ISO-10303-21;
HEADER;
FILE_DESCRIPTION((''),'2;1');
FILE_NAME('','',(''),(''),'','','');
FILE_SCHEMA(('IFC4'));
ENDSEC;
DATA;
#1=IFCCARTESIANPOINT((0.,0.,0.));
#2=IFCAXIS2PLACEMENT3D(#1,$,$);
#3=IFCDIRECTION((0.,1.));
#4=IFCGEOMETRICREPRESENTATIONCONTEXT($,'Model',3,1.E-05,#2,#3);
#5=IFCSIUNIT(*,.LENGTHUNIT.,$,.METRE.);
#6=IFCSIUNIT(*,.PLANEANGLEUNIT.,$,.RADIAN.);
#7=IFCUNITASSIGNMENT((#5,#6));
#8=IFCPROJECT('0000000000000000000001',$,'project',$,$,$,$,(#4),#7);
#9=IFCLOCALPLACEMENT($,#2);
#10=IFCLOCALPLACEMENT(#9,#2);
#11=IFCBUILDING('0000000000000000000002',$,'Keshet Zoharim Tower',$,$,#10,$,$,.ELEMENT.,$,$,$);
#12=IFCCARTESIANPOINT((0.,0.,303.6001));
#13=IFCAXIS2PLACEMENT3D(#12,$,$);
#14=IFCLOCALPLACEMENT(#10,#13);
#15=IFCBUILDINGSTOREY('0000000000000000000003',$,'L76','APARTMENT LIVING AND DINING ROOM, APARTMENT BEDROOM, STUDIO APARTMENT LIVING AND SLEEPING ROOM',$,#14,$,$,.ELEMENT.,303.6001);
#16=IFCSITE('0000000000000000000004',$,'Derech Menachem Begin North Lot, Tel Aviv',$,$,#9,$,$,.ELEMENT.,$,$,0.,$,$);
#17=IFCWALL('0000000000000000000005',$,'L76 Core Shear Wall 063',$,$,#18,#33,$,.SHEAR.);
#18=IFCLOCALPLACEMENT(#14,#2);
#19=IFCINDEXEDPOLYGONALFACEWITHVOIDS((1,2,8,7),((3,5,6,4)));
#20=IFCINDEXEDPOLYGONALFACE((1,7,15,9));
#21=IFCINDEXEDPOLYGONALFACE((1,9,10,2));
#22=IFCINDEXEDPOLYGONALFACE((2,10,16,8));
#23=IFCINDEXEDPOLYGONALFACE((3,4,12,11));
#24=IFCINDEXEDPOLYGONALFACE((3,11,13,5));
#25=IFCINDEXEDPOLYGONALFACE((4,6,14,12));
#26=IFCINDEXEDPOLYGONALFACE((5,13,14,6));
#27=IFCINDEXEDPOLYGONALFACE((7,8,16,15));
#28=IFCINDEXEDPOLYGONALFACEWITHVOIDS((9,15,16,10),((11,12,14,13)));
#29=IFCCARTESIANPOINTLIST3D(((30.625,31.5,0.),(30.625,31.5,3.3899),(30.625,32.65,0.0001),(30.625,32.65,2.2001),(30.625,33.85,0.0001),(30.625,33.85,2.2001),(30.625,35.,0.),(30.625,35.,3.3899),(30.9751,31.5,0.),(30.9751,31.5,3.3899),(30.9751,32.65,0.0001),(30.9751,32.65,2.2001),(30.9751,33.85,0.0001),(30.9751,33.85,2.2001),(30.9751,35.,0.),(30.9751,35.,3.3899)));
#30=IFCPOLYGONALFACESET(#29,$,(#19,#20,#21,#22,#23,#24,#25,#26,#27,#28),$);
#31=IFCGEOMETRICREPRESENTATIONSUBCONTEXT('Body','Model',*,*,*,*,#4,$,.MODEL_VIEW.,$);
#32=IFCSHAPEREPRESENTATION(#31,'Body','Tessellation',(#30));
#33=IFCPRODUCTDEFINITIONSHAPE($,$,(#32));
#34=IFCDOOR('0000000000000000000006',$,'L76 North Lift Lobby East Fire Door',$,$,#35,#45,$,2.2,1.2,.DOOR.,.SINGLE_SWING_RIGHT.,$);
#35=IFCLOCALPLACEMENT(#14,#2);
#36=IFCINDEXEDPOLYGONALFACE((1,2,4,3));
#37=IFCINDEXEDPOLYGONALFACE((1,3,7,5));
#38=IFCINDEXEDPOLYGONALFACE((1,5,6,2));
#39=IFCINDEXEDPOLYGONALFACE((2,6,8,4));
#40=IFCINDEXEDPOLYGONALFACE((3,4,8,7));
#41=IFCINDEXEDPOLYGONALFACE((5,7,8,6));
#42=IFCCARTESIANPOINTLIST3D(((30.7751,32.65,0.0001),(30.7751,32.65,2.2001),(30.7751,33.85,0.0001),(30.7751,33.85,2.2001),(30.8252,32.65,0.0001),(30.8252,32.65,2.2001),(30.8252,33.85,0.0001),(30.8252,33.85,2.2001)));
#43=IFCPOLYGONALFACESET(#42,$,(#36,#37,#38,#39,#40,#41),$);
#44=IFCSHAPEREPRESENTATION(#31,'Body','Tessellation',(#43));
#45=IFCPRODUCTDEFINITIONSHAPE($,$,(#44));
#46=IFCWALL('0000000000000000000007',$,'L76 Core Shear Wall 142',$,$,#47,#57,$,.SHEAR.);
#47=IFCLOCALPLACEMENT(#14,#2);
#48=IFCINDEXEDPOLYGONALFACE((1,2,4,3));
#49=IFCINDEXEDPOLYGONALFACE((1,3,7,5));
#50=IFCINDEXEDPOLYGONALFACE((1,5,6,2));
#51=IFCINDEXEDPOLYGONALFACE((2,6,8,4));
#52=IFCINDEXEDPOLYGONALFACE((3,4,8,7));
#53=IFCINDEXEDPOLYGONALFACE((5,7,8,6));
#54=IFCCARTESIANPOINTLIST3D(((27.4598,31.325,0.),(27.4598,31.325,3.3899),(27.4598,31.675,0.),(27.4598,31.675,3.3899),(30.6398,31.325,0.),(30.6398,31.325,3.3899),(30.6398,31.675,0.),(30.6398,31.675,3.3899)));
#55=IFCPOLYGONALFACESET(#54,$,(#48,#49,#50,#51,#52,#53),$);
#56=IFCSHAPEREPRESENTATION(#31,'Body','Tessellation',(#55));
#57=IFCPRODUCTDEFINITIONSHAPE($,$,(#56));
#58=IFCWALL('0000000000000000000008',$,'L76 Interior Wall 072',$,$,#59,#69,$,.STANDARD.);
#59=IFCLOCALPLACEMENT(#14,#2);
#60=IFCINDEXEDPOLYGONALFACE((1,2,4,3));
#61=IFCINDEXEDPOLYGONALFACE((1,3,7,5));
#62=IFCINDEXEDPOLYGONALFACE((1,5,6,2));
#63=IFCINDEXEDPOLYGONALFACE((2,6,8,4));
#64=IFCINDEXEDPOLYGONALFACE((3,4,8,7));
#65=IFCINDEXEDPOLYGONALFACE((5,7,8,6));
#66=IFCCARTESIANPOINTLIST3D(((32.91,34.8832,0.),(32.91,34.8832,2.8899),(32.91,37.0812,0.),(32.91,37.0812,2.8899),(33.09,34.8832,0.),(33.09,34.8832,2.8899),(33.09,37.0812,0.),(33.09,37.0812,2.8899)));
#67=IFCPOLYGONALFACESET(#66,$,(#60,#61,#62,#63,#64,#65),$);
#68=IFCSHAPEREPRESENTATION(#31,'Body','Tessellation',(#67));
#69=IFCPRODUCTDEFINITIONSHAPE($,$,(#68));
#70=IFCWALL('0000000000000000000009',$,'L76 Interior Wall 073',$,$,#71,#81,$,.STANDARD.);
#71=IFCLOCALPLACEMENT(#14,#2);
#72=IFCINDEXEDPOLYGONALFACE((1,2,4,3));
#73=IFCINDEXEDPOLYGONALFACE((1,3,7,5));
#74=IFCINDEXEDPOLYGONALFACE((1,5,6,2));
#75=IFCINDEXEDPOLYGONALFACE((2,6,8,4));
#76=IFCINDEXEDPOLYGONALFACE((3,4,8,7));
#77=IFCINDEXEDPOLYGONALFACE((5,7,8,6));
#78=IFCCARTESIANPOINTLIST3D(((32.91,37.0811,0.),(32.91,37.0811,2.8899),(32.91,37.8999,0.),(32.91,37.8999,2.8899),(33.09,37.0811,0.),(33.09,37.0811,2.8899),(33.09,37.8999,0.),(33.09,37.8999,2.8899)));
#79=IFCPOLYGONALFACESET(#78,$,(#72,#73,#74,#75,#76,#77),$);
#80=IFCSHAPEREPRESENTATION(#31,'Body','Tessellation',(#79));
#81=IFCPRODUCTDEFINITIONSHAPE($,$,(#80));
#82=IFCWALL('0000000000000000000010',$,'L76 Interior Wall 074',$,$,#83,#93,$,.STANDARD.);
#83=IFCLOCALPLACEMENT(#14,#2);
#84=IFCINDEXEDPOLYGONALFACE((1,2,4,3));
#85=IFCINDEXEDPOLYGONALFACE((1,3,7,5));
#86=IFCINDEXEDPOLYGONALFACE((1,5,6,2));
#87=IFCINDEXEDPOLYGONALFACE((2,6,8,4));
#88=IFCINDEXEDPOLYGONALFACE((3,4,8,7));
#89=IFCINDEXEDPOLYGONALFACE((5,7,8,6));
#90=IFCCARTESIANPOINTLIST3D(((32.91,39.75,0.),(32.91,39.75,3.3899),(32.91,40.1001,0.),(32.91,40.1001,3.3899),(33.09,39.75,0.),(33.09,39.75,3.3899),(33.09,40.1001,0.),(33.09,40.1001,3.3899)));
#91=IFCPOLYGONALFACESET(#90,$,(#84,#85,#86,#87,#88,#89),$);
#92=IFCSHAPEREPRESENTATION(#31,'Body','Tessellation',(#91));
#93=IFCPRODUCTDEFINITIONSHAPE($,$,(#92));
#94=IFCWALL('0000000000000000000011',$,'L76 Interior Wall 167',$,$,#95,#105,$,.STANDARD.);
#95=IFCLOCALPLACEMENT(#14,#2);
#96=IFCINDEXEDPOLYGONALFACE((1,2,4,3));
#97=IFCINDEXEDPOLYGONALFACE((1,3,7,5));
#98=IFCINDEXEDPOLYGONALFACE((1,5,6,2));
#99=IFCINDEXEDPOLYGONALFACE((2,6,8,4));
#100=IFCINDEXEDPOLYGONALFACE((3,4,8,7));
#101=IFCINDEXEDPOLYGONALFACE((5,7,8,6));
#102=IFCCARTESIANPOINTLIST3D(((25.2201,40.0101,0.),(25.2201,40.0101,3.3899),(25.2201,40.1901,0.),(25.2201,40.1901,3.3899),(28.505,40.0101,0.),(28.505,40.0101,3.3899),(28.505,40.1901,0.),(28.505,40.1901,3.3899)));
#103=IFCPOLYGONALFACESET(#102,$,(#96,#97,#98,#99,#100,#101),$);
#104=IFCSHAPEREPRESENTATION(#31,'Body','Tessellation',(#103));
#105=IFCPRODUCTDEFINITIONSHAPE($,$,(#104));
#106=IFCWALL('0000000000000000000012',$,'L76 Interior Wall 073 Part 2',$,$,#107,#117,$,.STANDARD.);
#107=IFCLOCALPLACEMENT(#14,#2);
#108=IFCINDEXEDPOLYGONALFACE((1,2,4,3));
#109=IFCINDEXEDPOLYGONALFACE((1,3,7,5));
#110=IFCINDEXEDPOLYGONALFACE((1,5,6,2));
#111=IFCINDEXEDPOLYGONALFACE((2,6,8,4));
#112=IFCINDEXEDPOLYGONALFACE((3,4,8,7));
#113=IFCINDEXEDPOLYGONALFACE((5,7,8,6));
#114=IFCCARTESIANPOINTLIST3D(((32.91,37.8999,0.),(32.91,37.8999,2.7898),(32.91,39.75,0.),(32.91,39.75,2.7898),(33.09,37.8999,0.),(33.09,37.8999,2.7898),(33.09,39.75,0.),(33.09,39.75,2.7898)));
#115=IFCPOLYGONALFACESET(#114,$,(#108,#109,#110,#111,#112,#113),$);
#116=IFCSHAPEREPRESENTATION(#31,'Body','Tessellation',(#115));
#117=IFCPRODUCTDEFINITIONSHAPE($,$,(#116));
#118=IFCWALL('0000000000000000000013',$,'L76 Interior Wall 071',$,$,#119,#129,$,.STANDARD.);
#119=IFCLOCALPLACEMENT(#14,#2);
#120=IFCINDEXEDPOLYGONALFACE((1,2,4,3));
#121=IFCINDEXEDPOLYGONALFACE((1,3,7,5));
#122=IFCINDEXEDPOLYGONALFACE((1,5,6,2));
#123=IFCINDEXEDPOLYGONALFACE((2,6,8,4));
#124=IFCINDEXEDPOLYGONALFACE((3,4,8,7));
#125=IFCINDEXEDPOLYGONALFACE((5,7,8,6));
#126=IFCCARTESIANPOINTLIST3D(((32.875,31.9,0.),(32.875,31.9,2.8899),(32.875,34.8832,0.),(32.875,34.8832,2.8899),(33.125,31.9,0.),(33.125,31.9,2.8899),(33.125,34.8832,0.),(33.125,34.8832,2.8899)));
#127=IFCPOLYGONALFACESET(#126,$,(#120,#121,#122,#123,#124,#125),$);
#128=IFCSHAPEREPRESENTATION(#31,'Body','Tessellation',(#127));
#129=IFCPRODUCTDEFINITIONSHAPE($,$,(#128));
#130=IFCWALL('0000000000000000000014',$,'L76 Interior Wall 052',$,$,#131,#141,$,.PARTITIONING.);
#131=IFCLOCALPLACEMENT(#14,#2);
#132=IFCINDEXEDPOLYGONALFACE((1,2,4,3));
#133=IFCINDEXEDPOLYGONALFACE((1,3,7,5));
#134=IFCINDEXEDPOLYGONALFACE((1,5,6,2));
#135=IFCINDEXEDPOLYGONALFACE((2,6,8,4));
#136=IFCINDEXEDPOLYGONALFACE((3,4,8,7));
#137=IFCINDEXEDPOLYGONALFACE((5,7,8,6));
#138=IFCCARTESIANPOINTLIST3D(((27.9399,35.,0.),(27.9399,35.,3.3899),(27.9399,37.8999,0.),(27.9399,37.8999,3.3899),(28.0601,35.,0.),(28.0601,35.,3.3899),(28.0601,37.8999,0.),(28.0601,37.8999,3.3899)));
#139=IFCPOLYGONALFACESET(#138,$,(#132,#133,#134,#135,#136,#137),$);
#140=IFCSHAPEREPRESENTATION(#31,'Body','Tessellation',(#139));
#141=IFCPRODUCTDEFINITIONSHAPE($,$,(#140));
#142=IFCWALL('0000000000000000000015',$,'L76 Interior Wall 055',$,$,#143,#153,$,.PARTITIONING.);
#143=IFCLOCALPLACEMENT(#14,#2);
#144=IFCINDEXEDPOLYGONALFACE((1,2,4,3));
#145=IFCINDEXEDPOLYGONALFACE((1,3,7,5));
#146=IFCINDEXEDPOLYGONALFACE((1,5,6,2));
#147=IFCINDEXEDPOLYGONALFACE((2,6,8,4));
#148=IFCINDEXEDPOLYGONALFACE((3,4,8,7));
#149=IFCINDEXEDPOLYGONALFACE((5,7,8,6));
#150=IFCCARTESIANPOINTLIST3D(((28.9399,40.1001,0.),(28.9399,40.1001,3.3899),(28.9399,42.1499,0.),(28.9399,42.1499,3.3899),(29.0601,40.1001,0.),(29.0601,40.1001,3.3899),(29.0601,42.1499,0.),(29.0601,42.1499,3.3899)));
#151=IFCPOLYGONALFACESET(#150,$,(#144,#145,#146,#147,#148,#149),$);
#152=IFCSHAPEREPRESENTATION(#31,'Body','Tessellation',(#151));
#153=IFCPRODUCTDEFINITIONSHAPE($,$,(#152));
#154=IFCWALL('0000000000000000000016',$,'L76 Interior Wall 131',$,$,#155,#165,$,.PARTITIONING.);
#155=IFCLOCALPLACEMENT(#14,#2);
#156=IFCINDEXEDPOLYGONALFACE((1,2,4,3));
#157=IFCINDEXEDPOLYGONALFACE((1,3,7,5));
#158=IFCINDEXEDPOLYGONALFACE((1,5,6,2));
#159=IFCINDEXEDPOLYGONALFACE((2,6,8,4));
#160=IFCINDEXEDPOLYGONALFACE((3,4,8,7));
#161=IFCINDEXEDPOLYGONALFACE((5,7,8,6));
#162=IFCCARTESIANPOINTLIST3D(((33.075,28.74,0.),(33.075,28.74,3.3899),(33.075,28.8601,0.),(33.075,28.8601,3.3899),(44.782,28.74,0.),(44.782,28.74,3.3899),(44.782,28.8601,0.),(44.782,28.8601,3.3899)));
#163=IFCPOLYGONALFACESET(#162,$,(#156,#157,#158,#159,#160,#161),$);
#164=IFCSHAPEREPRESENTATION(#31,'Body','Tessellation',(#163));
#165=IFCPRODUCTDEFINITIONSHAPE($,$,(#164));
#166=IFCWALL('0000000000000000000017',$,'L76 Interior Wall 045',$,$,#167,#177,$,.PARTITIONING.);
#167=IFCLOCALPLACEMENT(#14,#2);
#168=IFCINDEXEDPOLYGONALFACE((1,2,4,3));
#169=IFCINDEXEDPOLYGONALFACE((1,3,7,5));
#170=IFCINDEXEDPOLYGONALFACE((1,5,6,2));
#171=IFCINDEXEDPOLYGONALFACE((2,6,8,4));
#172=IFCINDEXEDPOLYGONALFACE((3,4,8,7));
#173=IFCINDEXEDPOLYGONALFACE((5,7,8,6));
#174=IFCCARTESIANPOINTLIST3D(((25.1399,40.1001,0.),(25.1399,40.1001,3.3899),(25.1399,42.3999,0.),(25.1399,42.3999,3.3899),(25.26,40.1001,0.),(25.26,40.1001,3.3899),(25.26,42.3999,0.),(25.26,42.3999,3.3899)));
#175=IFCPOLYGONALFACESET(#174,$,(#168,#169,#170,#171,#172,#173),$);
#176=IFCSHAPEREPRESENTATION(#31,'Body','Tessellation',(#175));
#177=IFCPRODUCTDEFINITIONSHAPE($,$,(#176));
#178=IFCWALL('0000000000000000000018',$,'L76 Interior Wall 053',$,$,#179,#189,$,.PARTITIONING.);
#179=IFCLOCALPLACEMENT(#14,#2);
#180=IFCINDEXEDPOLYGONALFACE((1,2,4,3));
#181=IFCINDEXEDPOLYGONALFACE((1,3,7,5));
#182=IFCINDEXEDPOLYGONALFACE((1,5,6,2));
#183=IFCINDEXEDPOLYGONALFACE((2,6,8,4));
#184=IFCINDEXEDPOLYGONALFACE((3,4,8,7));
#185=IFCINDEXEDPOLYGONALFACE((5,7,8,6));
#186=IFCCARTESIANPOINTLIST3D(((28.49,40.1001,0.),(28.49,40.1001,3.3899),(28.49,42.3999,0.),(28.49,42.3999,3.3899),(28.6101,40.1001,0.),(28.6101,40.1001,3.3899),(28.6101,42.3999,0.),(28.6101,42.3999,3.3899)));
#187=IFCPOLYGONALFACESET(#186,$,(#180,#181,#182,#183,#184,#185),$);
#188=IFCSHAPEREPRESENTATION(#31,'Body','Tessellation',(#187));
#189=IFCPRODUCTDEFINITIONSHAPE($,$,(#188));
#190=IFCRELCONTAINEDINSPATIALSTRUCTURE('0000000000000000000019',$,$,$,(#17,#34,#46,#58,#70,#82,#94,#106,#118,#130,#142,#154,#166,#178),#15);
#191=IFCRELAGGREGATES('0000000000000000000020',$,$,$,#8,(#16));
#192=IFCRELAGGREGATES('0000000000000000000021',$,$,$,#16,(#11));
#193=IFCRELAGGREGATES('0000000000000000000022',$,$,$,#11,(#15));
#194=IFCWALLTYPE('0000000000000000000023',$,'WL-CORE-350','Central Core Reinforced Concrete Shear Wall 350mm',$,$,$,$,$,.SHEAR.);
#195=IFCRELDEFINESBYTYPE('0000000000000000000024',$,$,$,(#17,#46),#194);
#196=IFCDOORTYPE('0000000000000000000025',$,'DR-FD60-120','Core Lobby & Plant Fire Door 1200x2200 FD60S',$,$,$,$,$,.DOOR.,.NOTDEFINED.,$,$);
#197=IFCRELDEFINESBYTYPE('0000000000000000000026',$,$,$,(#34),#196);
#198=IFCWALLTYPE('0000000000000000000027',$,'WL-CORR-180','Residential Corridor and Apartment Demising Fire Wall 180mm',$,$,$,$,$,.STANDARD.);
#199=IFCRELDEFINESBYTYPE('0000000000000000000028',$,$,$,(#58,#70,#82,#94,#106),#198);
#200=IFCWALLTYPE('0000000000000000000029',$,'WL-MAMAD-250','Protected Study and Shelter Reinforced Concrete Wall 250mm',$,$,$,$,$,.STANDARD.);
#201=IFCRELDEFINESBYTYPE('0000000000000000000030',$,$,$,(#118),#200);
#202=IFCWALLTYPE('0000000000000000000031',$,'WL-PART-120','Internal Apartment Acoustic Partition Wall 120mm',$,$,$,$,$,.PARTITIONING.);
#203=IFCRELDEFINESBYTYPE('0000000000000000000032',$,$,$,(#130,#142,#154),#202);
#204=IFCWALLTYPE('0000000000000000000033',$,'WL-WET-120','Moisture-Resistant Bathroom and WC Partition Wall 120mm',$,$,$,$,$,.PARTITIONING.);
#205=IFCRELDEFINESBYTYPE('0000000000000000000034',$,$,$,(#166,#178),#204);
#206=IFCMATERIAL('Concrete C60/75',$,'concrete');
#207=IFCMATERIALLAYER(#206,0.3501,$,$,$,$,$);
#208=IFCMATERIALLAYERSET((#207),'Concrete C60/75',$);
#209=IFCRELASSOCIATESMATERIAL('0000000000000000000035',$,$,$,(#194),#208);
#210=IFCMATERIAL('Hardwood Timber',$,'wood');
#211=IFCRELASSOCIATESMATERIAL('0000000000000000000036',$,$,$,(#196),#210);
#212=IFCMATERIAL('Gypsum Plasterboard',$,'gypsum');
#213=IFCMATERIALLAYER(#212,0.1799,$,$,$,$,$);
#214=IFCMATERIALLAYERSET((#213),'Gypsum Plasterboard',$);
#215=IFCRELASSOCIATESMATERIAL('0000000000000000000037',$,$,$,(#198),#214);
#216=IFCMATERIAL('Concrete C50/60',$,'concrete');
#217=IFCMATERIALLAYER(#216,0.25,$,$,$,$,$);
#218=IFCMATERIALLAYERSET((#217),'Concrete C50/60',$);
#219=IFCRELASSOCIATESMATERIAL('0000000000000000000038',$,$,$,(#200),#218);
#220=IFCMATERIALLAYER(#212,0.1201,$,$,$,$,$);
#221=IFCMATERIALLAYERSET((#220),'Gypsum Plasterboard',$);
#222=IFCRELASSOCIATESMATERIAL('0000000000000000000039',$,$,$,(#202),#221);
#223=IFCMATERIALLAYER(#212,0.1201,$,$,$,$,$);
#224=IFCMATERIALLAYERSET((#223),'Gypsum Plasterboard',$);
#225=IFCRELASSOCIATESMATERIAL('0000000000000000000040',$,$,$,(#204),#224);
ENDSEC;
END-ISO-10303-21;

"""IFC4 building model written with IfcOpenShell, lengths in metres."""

from ifc_helpers import new_model, si_unit, direction, frame, frame_2d, origin, place, context, subcontext, project, spatial, rectangle, extrude, material, layer, layer_set, type_object, element, fill, save


model = new_model("IFC4")

# Units and contexts
model_context = context("Model", 3, precision=1e-05, world=origin(), true_north=direction((0.0, 1.0)))
body_context = subcontext(model_context, "Body", "Model", "MODEL_VIEW")
ifc_project = project(units=[si_unit("LENGTHUNIT", "METRE"), si_unit("PLANEANGLEUNIT", "RADIAN")], contexts=[model_context])

# Site, building, storey
site_placement = place(None, origin())
site = spatial("IfcSite", under=ifc_project, at=site_placement, Name="Derech Menachem Begin North Lot, Tel Aviv", CompositionType="ELEMENT", RefElevation=0.0)
building_placement = place(site_placement, origin())
building = spatial("IfcBuilding", under=site, at=building_placement, Name="Keshet Zoharim Tower", CompositionType="ELEMENT")
storey_placement = place(building_placement, frame((0.0, 0.0, 303.6001)))
storey = spatial("IfcBuildingStorey", under=building, at=storey_placement, Name="L76", Description="APARTMENT LIVING AND DINING ROOM, APARTMENT BEDROOM, STUDIO APARTMENT LIVING AND SLEEPING ROOM", CompositionType="ELEMENT", Elevation=303.6001)

# Shared definitions
ifc_material_1 = material(Name="Concrete C50/60", Category="concrete")

# Shared definitions
ifc_material_2 = material(Name="Gypsum Plasterboard", Category="gypsum")
ifc_material_3 = material(Name="Concrete C60/75", Category="concrete")
ifc_layer_1 = layer(ifc_material_3, 0.3501)
ifc_layer_set_1 = layer_set([ifc_layer_1], Name="Concrete C60/75")
wall_type_1 = type_object("IfcWallType", Name="WL-CORE-350", Description="Central Core Reinforced Concrete Shear Wall 350mm", PredefinedType="SHEAR", material=ifc_layer_set_1)

# Wall, opening, door
wall_1_placement = place(storey_placement, frame((30.8, 31.5, 0.0), z_axis=(0.0, 0.0, 1.0), x_axis=(0.0, 1.0, 0.0)))
wall_1 = element("IfcWall", 1, at=wall_1_placement, inside=storey, type_object=wall_type_1, Name="L76 Core Shear Wall 063", PredefinedType="SHEAR", context=body_context, shape_type="SweptSolid", body=[
    extrude(rectangle(XDim=3.5, YDim=0.3501, at=frame_2d((1.75, 0.0))), origin(), (0.0, 0.0, 1.0), 3.3899),
])
opening_1_placement = place(wall_1_placement, frame((1.1499, 0.0, 0.0)))
opening_1 = element("IfcOpeningElement", 2, at=opening_1_placement, cuts=wall_1, PredefinedType="OPENING", context=body_context, shape_type="SweptSolid", body=[
    extrude(rectangle(XDim=1.2, YDim=2.2, at=frame_2d((0.6001, 1.1001))), frame((0.0, 0.1851, 0.0), z_axis=(0.0, -1.0, 0.0), x_axis=(1.0, 0.0, 0.0)), (0.0, 0.0, 1.0), 0.3701),
])
ifc_material_4 = material(Name="Hardwood Timber", Category="wood")
door_type_1 = type_object("IfcDoorType", Name="DR-FD60-120", Description="Core Lobby & Plant Fire Door 1200x2200 FD60S", OperationType="NOTDEFINED", PredefinedType="DOOR", material=ifc_material_4)
door_1_placement = place(opening_1_placement, origin())
door_1 = element("IfcDoor", 3, at=door_1_placement, inside=storey, type_object=door_type_1, Name="L76 North Lift Lobby East Fire Door", OperationType="SINGLE_SWING_RIGHT", OverallHeight=2.2, OverallWidth=1.2, PredefinedType="DOOR", context=body_context, shape_type="SweptSolid", body=[
    extrude(rectangle(XDim=1.2, YDim=2.2, at=frame_2d((0.6001, 1.1001))), frame((0.0, 0.0249, 0.0), z_axis=(0.0, -1.0, 0.0), x_axis=(1.0, 0.0, 0.0)), (0.0, 0.0, 1.0), 0.05),
])
fill(opening_1, door_1)

# Wall
wall_2_placement = place(storey_placement, frame((27.46, 31.5, 0.0), z_axis=(0.0, 0.0, 1.0), x_axis=(1.0, 0.0, 0.0)))
element("IfcWall", 4, at=wall_2_placement, inside=storey, type_object=wall_type_1, Name="L76 Core Shear Wall 142", PredefinedType="SHEAR", context=body_context, shape_type="SweptSolid", body=[
    extrude(rectangle(XDim=3.1799, YDim=0.3501, at=frame_2d((1.5898, 0.0))), origin(), (0.0, 0.0, 1.0), 3.3899),
])

# Shared definitions
ifc_layer_2 = layer(ifc_material_2, 0.1799)
ifc_layer_set_2 = layer_set([ifc_layer_2], Name="Gypsum Plasterboard")
wall_type_2 = type_object("IfcWallType", Name="WL-CORR-180", Description="Residential Corridor and Apartment Demising Fire Wall 180mm", PredefinedType="STANDARD", material=ifc_layer_set_2)

# Walls
wall_3_placement = place(storey_placement, frame((33.0, 34.8831, 0.0), z_axis=(0.0, 0.0, 1.0), x_axis=(0.0, 1.0, 0.0)))
element("IfcWall", 5, at=wall_3_placement, inside=storey, type_object=wall_type_2, Name="L76 Interior Wall 072", PredefinedType="STANDARD", context=body_context, shape_type="SweptSolid", body=[
    extrude(rectangle(XDim=2.198, YDim=0.1799, at=frame_2d((1.0991, 0.0))), origin(), (0.0, 0.0, 1.0), 2.8899),
])
wall_4_placement = place(storey_placement, frame((33.0, 37.0811, 0.0), z_axis=(0.0, 0.0, 1.0), x_axis=(0.0, 1.0, 0.0)))
element("IfcWall", 6, at=wall_4_placement, inside=storey, type_object=wall_type_2, Name="L76 Interior Wall 073", PredefinedType="STANDARD", context=body_context, shape_type="SweptSolid", body=[
    extrude(rectangle(XDim=0.8188, YDim=0.1799, at=frame_2d((0.4094, 0.0))), origin(), (0.0, 0.0, 1.0), 2.8899),
])
wall_5_placement = place(storey_placement, frame((33.0, 39.75, 0.0), z_axis=(0.0, 0.0, 1.0), x_axis=(0.0, 1.0, 0.0)))
element("IfcWall", 7, at=wall_5_placement, inside=storey, type_object=wall_type_2, Name="L76 Interior Wall 074", PredefinedType="STANDARD", context=body_context, shape_type="SweptSolid", body=[
    extrude(rectangle(XDim=0.3501, YDim=0.1799, at=frame_2d((0.175, 0.0))), origin(), (0.0, 0.0, 1.0), 3.3899),
])
wall_6_placement = place(storey_placement, frame((25.22, 40.1001, 0.0), z_axis=(0.0, 0.0, 1.0), x_axis=(1.0, 0.0, 0.0)))
element("IfcWall", 8, at=wall_6_placement, inside=storey, type_object=wall_type_2, Name="L76 Interior Wall 167", PredefinedType="STANDARD", context=body_context, shape_type="SweptSolid", body=[
    extrude(rectangle(XDim=3.2849, YDim=0.1799, at=frame_2d((1.6426, 0.0))), origin(), (0.0, 0.0, 1.0), 3.3899),
])

# Walls
wall_7_placement = place(storey_placement, frame((33.0, 37.8999, 0.0), z_axis=(0.0, 0.0, 1.0), x_axis=(0.0, 1.0, 0.0)))
element("IfcWall", 9, at=wall_7_placement, inside=storey, type_object=wall_type_2, Name="L76 Interior Wall 073 Part 2", PredefinedType="STANDARD", context=body_context, shape_type="SweptSolid", body=[
    extrude(rectangle(XDim=1.8501, YDim=0.1799, at=frame_2d((0.925, 0.0))), origin(), (0.0, 0.0, 1.0), 2.7898),
])
ifc_layer_3 = layer(ifc_material_1, 0.25)
ifc_layer_set_3 = layer_set([ifc_layer_3], Name="Concrete C50/60")
wall_type_3 = type_object("IfcWallType", Name="WL-MAMAD-250", Description="Protected Study and Shelter Reinforced Concrete Wall 250mm", PredefinedType="STANDARD", material=ifc_layer_set_3)
wall_8_placement = place(storey_placement, frame((33.0, 31.8999, 0.0), z_axis=(0.0, 0.0, 1.0), x_axis=(0.0, 1.0, 0.0)))
element("IfcWall", 10, at=wall_8_placement, inside=storey, type_object=wall_type_3, Name="L76 Interior Wall 071", PredefinedType="STANDARD", context=body_context, shape_type="SweptSolid", body=[
    extrude(rectangle(XDim=2.9832, YDim=0.25, at=frame_2d((1.4917, 0.0))), origin(), (0.0, 0.0, 1.0), 2.8899),
])
ifc_layer_4 = layer(ifc_material_2, 0.1201)
ifc_layer_set_4 = layer_set([ifc_layer_4], Name="Gypsum Plasterboard")
wall_type_4 = type_object("IfcWallType", Name="WL-PART-120", Description="Internal Apartment Acoustic Partition Wall 120mm", PredefinedType="PARTITIONING", material=ifc_layer_set_4)
wall_9_placement = place(storey_placement, frame((28.0, 35.0, 0.0), z_axis=(0.0, 0.0, 1.0), x_axis=(0.0, 1.0, 0.0)))
element("IfcWall", 11, at=wall_9_placement, inside=storey, type_object=wall_type_4, Name="L76 Interior Wall 052", PredefinedType="PARTITIONING", context=body_context, shape_type="SweptSolid", body=[
    extrude(rectangle(XDim=2.8999, YDim=0.1201, at=frame_2d((1.45, 0.0))), origin(), (0.0, 0.0, 1.0), 3.3899),
])
wall_10_placement = place(storey_placement, frame((29.0, 40.1001, 0.0), z_axis=(0.0, 0.0, 1.0), x_axis=(0.0, 1.0, 0.0)))
element("IfcWall", 12, at=wall_10_placement, inside=storey, type_object=wall_type_4, Name="L76 Interior Wall 055", PredefinedType="PARTITIONING", context=body_context, shape_type="SweptSolid", body=[
    extrude(rectangle(XDim=2.0498, YDim=0.1201, at=frame_2d((1.0249, 0.0))), origin(), (0.0, 0.0, 1.0), 3.3899),
])
wall_11_placement = place(storey_placement, frame((33.075, 28.8, 0.0), z_axis=(0.0, 0.0, 1.0), x_axis=(1.0, 0.0, 0.0)))
element("IfcWall", 13, at=wall_11_placement, inside=storey, type_object=wall_type_4, Name="L76 Interior Wall 131", PredefinedType="PARTITIONING", context=body_context, shape_type="SweptSolid", body=[
    extrude(rectangle(XDim=11.707, YDim=0.1201, at=frame_2d((5.8535, 0.0))), origin(), (0.0, 0.0, 1.0), 3.3899),
])
ifc_layer_5 = layer(ifc_material_2, 0.1201)
ifc_layer_set_5 = layer_set([ifc_layer_5], Name="Gypsum Plasterboard")
wall_type_5 = type_object("IfcWallType", Name="WL-WET-120", Description="Moisture-Resistant Bathroom and WC Partition Wall 120mm", PredefinedType="PARTITIONING", material=ifc_layer_set_5)
for number, where, z_axis, x_axis, name in (
    (14, (25.2, 40.1001, 0.0), (0.0, 0.0, 1.0), (0.0, 1.0, 0.0), "L76 Interior Wall 045"),
    (15, (28.55, 40.1001, 0.0), (0.0, 0.0, 1.0), (0.0, 1.0, 0.0), "L76 Interior Wall 053"),
):
    element("IfcWall", number, at=place(storey_placement, frame(where, z_axis=z_axis, x_axis=x_axis)), inside=storey, type_object=wall_type_5, Name=name, PredefinedType="PARTITIONING", context=body_context, shape_type="SweptSolid", body=[
        extrude(rectangle(XDim=2.2998, YDim=0.1201, at=frame_2d((1.1499, 0.0))), origin(), (0.0, 0.0, 1.0), 3.3899),
    ])

save(model, "model.ifc")
